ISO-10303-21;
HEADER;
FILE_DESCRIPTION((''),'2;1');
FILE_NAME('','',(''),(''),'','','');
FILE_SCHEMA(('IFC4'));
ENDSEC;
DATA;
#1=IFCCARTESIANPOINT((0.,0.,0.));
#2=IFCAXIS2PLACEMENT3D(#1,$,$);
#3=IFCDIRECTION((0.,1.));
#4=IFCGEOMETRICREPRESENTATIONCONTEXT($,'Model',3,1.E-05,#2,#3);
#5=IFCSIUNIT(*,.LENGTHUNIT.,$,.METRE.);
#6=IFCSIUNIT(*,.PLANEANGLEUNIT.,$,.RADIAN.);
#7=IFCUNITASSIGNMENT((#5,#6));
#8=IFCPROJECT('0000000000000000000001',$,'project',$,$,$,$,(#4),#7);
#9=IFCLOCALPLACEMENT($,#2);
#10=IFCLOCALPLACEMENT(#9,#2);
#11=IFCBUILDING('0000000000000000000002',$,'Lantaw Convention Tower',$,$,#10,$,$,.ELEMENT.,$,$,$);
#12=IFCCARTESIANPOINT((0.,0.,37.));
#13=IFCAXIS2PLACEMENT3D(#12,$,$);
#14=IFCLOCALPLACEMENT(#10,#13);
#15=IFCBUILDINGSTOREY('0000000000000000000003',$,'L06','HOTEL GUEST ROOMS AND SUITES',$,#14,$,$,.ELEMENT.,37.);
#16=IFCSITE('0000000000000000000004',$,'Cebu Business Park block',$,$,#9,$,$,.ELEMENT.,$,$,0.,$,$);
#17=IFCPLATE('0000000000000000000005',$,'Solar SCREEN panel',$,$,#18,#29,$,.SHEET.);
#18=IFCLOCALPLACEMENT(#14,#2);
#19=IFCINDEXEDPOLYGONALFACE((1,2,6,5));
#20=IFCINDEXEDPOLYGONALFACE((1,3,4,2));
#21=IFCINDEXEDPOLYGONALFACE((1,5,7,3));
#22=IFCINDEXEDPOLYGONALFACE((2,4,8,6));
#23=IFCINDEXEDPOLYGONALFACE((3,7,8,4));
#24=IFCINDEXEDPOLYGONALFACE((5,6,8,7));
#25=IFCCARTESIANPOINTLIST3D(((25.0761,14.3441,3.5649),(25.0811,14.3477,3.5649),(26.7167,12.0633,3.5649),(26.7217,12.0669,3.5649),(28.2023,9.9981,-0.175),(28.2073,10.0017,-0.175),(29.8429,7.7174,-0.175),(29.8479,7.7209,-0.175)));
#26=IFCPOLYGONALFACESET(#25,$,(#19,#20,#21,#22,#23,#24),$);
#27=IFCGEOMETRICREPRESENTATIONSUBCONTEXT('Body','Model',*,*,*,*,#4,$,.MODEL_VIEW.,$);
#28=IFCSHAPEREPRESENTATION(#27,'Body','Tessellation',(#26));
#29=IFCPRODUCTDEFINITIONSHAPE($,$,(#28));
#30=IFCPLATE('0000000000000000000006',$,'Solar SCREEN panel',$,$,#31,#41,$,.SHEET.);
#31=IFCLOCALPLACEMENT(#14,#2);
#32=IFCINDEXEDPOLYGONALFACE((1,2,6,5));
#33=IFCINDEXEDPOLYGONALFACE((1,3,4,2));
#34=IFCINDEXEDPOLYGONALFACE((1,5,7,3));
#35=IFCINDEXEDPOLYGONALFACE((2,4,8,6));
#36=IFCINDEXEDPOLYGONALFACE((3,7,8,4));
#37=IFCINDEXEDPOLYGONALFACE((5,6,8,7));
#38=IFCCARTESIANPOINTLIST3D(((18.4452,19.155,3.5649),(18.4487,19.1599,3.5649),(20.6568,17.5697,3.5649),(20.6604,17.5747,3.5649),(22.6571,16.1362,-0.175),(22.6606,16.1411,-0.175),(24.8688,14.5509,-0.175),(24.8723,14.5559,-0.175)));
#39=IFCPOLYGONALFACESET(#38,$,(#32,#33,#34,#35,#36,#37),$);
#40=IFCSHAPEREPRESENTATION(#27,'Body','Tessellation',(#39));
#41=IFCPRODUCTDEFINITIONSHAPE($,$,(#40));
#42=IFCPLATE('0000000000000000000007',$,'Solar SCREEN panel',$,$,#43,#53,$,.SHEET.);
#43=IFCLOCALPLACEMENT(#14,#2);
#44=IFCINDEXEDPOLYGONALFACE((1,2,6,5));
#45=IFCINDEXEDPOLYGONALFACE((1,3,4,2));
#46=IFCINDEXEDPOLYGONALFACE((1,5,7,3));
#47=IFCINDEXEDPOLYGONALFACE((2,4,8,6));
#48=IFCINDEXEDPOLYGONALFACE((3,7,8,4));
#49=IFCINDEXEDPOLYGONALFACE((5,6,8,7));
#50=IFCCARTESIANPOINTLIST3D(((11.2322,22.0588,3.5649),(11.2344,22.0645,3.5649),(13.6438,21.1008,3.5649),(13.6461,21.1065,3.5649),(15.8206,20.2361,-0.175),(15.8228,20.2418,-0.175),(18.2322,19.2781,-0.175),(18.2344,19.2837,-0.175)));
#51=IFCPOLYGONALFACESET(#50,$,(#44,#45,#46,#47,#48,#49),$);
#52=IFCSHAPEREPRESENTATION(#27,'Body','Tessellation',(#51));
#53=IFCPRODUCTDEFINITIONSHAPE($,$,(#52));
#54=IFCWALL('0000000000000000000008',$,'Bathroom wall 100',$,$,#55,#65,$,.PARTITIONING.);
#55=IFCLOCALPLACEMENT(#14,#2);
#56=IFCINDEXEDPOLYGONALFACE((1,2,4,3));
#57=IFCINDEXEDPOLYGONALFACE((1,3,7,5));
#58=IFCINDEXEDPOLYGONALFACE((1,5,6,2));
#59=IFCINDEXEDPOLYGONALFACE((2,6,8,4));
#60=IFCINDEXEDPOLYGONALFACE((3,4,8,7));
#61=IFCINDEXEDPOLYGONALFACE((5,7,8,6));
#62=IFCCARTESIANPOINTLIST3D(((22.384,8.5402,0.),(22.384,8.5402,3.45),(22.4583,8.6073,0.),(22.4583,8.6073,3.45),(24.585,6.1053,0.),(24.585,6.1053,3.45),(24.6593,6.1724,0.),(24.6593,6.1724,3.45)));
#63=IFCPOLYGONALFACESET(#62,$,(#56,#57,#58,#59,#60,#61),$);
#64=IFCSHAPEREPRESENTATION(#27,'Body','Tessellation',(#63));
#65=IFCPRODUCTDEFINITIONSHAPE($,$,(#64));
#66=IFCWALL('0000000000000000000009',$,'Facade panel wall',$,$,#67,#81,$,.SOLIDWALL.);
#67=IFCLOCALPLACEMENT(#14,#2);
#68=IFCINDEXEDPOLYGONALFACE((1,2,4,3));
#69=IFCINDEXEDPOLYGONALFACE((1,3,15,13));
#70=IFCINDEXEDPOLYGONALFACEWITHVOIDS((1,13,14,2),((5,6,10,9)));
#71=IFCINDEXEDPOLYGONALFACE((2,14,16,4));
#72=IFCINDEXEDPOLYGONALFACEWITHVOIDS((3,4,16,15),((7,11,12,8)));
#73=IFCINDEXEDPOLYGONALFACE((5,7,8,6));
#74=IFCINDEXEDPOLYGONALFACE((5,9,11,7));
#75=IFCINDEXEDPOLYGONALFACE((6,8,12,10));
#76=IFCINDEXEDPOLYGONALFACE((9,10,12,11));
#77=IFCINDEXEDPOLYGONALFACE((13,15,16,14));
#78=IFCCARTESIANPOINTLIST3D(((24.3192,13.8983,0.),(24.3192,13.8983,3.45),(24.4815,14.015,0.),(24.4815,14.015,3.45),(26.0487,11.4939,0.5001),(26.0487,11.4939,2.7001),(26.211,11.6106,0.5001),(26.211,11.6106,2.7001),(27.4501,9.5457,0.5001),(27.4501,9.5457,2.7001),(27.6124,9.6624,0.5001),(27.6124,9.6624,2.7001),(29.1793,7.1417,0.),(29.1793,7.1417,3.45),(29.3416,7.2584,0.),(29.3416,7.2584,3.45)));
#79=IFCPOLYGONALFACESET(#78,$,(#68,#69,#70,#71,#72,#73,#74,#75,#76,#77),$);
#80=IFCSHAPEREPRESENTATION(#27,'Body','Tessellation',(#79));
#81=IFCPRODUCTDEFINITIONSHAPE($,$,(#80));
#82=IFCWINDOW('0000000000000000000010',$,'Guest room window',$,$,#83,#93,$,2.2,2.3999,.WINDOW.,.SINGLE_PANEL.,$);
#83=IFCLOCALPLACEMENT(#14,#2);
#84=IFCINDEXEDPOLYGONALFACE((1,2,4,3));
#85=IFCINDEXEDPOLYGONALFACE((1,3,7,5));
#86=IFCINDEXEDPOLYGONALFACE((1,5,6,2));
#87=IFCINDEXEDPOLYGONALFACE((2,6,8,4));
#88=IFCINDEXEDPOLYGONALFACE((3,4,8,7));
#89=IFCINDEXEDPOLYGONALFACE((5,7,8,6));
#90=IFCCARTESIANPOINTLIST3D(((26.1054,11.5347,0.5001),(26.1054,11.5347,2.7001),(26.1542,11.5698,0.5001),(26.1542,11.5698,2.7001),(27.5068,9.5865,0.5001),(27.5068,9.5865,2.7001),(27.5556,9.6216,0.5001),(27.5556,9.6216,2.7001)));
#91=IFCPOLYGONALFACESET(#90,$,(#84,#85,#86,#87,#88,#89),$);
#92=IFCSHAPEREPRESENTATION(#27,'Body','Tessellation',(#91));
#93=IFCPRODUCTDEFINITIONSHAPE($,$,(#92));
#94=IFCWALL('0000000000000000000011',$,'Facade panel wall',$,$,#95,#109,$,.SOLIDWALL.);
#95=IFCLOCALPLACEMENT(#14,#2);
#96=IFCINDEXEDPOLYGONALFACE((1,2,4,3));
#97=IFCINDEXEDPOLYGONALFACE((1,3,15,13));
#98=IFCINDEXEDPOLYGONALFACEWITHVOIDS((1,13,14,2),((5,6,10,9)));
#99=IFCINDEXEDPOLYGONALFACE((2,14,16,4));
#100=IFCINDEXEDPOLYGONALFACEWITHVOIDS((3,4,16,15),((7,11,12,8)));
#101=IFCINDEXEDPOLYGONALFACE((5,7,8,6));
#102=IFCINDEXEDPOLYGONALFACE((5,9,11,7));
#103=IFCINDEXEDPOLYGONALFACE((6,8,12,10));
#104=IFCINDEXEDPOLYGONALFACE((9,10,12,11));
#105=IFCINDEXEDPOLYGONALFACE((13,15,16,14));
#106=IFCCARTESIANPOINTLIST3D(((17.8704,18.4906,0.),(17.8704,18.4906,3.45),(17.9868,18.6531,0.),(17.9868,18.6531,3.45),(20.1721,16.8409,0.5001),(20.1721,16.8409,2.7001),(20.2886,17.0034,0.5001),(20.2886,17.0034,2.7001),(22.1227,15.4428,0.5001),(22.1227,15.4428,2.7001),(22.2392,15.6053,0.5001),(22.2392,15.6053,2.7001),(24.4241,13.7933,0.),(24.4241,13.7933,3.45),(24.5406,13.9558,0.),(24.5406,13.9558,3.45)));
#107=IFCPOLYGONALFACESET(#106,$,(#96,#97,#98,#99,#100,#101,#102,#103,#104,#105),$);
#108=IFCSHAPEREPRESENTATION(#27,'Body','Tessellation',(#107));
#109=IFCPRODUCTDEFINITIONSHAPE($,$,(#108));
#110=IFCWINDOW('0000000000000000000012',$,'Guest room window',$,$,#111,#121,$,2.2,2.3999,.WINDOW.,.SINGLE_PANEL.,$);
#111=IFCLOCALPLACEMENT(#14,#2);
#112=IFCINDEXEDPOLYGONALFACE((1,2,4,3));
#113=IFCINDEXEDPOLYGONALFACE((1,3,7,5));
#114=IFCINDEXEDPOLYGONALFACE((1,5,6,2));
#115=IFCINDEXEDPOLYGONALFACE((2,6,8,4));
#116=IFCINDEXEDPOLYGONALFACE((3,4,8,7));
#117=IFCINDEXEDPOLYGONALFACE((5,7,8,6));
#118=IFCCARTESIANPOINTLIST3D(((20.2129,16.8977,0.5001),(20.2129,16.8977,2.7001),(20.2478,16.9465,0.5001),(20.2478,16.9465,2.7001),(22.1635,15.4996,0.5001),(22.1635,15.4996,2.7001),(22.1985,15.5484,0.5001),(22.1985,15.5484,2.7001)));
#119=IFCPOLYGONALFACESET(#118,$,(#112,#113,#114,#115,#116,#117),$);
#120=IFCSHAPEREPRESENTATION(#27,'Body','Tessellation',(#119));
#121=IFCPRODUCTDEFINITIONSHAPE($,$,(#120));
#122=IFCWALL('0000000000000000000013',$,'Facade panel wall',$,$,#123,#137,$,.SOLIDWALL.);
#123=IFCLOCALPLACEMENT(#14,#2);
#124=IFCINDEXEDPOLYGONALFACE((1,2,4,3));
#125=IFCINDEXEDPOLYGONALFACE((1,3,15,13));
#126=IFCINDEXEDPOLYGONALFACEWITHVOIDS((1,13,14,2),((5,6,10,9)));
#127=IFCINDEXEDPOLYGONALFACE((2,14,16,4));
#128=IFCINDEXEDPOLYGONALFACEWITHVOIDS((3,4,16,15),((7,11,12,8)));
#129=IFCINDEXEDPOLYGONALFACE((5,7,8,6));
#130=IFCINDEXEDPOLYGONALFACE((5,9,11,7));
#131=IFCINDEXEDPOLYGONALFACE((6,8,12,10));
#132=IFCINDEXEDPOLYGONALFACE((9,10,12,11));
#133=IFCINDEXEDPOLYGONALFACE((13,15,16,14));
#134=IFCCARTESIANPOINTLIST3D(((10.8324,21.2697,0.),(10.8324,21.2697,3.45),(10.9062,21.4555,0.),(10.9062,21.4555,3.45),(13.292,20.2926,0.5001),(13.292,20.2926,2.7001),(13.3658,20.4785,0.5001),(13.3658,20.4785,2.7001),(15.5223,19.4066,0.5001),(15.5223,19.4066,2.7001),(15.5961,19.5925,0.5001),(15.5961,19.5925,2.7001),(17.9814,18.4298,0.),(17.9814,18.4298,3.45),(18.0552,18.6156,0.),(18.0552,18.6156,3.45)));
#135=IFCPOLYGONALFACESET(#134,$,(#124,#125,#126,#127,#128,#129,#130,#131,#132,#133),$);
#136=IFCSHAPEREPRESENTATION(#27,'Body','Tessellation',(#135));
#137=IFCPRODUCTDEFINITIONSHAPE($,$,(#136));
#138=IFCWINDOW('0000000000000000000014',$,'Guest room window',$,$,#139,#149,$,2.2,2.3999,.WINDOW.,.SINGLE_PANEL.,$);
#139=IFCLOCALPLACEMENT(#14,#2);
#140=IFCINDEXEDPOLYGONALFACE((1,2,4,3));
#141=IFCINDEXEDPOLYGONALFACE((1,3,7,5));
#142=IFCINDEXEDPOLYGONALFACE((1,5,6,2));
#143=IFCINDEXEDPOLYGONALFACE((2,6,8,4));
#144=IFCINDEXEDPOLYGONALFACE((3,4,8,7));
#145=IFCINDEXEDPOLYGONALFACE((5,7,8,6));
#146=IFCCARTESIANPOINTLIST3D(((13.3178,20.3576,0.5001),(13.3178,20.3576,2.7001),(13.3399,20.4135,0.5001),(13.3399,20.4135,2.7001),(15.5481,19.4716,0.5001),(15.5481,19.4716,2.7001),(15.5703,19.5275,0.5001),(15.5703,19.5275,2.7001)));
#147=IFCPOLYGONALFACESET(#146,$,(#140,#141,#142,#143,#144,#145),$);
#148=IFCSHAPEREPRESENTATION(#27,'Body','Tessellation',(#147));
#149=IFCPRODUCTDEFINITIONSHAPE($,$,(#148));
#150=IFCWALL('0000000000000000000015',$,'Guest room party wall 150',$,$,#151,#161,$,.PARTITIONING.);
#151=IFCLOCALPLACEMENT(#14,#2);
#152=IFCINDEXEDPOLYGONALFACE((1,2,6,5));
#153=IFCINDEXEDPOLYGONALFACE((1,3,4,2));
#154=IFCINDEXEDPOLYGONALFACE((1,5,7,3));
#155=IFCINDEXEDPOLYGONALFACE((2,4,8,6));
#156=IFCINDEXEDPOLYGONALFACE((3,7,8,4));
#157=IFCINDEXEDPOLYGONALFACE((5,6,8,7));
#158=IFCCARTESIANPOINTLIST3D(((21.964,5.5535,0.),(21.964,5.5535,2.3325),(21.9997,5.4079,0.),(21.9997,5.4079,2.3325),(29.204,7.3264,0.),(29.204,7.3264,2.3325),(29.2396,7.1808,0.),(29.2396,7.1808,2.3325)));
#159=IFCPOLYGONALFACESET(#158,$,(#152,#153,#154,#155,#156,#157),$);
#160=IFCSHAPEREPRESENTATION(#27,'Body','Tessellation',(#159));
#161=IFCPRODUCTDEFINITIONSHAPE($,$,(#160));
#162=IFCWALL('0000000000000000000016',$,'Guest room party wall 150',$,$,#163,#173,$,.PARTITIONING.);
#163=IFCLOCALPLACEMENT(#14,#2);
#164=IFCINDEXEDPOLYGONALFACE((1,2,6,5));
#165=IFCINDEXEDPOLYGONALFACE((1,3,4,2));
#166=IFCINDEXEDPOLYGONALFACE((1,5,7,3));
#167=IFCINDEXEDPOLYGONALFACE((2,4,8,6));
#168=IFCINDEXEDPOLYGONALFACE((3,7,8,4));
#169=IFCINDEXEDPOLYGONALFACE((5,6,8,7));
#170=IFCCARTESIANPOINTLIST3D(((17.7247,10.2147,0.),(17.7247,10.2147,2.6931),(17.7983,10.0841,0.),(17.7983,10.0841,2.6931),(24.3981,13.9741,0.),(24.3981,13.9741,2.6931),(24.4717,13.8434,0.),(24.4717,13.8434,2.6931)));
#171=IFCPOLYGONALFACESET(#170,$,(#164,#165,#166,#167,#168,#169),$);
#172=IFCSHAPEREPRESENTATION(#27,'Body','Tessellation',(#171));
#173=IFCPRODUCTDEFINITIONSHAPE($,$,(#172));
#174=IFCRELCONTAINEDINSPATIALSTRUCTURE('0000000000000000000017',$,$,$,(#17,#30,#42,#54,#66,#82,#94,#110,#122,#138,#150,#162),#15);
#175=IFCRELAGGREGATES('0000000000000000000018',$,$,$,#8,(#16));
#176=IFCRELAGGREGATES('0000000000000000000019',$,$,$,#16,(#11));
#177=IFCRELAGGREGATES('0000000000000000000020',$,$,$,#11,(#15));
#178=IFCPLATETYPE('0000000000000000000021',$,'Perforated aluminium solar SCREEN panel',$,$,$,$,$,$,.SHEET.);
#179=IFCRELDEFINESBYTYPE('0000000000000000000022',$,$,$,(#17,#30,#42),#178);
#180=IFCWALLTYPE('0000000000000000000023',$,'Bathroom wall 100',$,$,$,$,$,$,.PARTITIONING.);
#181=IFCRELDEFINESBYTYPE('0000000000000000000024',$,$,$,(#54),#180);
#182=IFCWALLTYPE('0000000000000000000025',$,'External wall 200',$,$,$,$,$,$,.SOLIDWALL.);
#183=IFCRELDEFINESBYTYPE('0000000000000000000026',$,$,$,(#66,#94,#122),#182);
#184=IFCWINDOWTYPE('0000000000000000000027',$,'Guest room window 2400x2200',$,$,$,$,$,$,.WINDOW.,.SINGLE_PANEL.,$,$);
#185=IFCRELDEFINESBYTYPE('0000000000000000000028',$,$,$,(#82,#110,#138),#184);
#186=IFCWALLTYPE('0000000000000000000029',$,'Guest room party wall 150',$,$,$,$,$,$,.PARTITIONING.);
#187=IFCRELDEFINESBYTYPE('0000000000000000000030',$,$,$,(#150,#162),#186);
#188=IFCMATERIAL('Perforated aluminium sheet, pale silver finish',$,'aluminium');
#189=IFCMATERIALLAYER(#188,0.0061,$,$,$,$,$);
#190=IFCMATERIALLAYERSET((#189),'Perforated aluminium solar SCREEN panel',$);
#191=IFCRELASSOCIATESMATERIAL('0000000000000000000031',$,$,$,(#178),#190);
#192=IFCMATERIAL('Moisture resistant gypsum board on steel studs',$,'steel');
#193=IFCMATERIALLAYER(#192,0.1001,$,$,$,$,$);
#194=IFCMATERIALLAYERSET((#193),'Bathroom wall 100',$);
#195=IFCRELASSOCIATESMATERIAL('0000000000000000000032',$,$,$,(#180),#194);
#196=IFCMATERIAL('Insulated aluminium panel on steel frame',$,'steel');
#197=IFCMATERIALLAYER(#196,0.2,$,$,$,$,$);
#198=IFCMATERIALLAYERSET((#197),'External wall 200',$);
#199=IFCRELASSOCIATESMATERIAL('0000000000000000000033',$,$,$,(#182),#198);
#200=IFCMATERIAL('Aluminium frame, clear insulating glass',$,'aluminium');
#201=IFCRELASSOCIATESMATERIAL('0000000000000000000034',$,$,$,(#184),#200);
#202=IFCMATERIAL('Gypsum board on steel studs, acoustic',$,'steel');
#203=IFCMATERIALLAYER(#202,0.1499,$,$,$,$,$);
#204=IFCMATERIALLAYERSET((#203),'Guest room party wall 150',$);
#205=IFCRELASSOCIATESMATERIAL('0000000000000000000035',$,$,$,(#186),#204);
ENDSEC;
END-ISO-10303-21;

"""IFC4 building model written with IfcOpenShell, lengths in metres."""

from ifc_helpers import new_model, si_unit, direction, frame, frame_2d, origin, place, context, subcontext, project, spatial, polyline, rectangle, outline, extrude, material, layer, layer_set, type_object, element, fill, save


model = new_model("IFC4")

# Units and contexts
model_context = context("Model", 3, precision=1e-05, world=origin(), true_north=direction((0.0, 1.0)))
body_context = subcontext(model_context, "Body", "Model", "MODEL_VIEW")
ifc_project = project(units=[si_unit("LENGTHUNIT", "METRE"), si_unit("PLANEANGLEUNIT", "RADIAN")], contexts=[model_context])

# Site, building, storey
site_placement = place(None, origin())
site = spatial("IfcSite", under=ifc_project, at=site_placement, Name="Cebu Business Park block", CompositionType="ELEMENT", RefElevation=0.0)
building_placement = place(site_placement, origin())
building = spatial("IfcBuilding", under=site, at=building_placement, Name="Lantaw Convention Tower", CompositionType="ELEMENT")
storey_placement = place(building_placement, frame((0.0, 0.0, 37.0)))
storey = spatial("IfcBuildingStorey", under=building, at=storey_placement, Name="L06", Description="HOTEL GUEST ROOMS AND SUITES", CompositionType="ELEMENT", Elevation=37.0)

# Plates
ifc_material_1 = material(Name="Perforated aluminium sheet, pale silver finish", Category="aluminium")
ifc_layer_1 = layer(ifc_material_1, 0.0061)
ifc_layer_set_1 = layer_set([ifc_layer_1], Name="Perforated aluminium solar SCREEN panel")
plate_type = type_object("IfcPlateType", Name="Perforated aluminium solar SCREEN panel", PredefinedType="SHEET", material=ifc_layer_set_1)
plate_1_placement = place(storey_placement, frame((29.8479, 7.7209, -0.175), z_axis=(0.811791, 0.583948, 0.000009), x_axis=(-0.583948, 0.811791, 0.0)))
element("IfcPlate", 1, at=plate_1_placement, inside=storey, type_object=plate_type, Name="Solar SCREEN panel", PredefinedType="SHEET", context=body_context, shape_type="SweptSolid", body=[
    extrude(outline(polyline([(0.0, 0.0), (2.8095, 0.0), (8.1631, 3.74), (5.3536, 3.74), (0.0, 0.0)])), origin(), (0.0, 0.0, -1.0), 0.0061),
])
plate_2_placement = place(storey_placement, frame((24.8723, 14.5559, -0.175), z_axis=(0.582561, 0.812787, 0.000016), x_axis=(-0.812787, 0.582561, 0.0)))
element("IfcPlate", 2, at=plate_2_placement, inside=storey, type_object=plate_type, Name="Solar SCREEN panel", PredefinedType="SHEET", context=body_context, shape_type="SweptSolid", body=[
    extrude(outline(polyline([(0.0, 0.0), (2.7211, 0.0), (7.9031, 3.74), (5.182, 3.74), (0.0, 0.0)])), origin(), (0.0, 0.0, -1.0), 0.0061),
])
plate_3_placement = place(storey_placement, frame((18.2322, 19.2781, -0.175), z_axis=(-0.369184, -0.929357, 0.000009), x_axis=(-0.929357, 0.369184, 0.0)))
element("IfcPlate", 3, at=plate_3_placement, inside=storey, type_object=plate_type, Name="Solar SCREEN panel", PredefinedType="SHEET", context=body_context, shape_type="SweptSolid", body=[
    extrude(outline(polyline([(0.0, 0.0), (2.5949, 0.0), (7.5321, -3.74), (4.9372, -3.74), (0.0, 0.0)])), origin(), (0.0, 0.0, -1.0), 0.0061),
])

# Wall
ifc_material_2 = material(Name="Moisture resistant gypsum board on steel studs", Category="steel")
ifc_layer_2 = layer(ifc_material_2, 0.1001)
ifc_layer_set_2 = layer_set([ifc_layer_2], Name="Bathroom wall 100")
wall_type_1 = type_object("IfcWallType", Name="Bathroom wall 100", PredefinedType="PARTITIONING", material=ifc_layer_set_2)
wall_1_placement = place(storey_placement, frame((22.4211, 8.5737, 0.0), z_axis=(0.0, 0.0, 1.0), x_axis=(0.670578, -0.741839, 0.0)))
element("IfcWall", 4, at=wall_1_placement, inside=storey, type_object=wall_type_1, Name="Bathroom wall 100", PredefinedType="PARTITIONING", context=body_context, shape_type="SweptSolid", body=[
    extrude(rectangle(XDim=3.2822, YDim=0.1001, at=frame_2d((1.6411, 0.0))), origin(), (0.0, 0.0, 1.0), 3.45),
])

# Walls, openings, windows
ifc_material_3 = material(Name="Insulated aluminium panel on steel frame", Category="steel")
ifc_layer_3 = layer(ifc_material_3, 0.2)
ifc_layer_set_3 = layer_set([ifc_layer_3], Name="External wall 200")
wall_type_2 = type_object("IfcWallType", Name="External wall 200", PredefinedType="SOLIDWALL", material=ifc_layer_set_3)
wall_2_placement = place(storey_placement, frame((29.2605, 7.2, 0.0), z_axis=(0.0, 0.0, 1.0), x_axis=(-0.583938, 0.811799, 0.0)))
wall_2 = element("IfcWall", 5, at=wall_2_placement, inside=storey, type_object=wall_type_2, Name="Facade panel wall", PredefinedType="SOLIDWALL", context=body_context, shape_type="SweptSolid", body=[
    extrude(rectangle(XDim=8.323, YDim=0.2, at=frame_2d((4.1616, 0.0))), origin(), (0.0, 0.0, 1.0), 3.45),
])
opening_1_placement = place(wall_2_placement, frame((2.9614, 0.0, 0.5)))
opening_1 = element("IfcOpeningElement", 6, at=opening_1_placement, cuts=wall_2, PredefinedType="OPENING", context=body_context, shape_type="SweptSolid", body=[
    extrude(rectangle(XDim=2.3999, YDim=2.2, at=frame_2d((1.2, 1.1001))), frame((0.0, 0.1099, 0.0), z_axis=(0.0, -1.0, 0.0), x_axis=(1.0, 0.0, 0.0)), (0.0, 0.0, 1.0), 0.22),
])
ifc_material_4 = material(Name="Aluminium frame, clear insulating glass", Category="aluminium")
window_type = type_object("IfcWindowType", Name="Guest room window 2400x2200", PartitioningType="SINGLE_PANEL", PredefinedType="WINDOW", material=ifc_material_4)
window_1_placement = place(opening_1_placement, origin())
window_1 = element("IfcWindow", 7, at=window_1_placement, inside=storey, type_object=window_type, Name="Guest room window", OverallHeight=2.2, OverallWidth=2.3999, PartitioningType="SINGLE_PANEL", PredefinedType="WINDOW", context=body_context, shape_type="SweptSolid", body=[
    extrude(rectangle(XDim=2.3999, YDim=2.2, at=frame_2d((1.2, 1.1001))), frame((0.0, 0.03, 0.0), z_axis=(0.0, -1.0, 0.0), x_axis=(1.0, 0.0, 0.0)), (0.0, 0.0, 1.0), 0.0601),
])
fill(opening_1, window_1)
wall_3_placement = place(storey_placement, frame((24.4824, 13.8745, 0.0), z_axis=(0.0, 0.0, 1.0), x_axis=(-0.812791, 0.582555, 0.0)))
wall_3 = element("IfcWall", 8, at=wall_3_placement, inside=storey, type_object=wall_type_2, Name="Facade panel wall", PredefinedType="SOLIDWALL", context=body_context, shape_type="SweptSolid", body=[
    extrude(rectangle(XDim=8.0632, YDim=0.2, at=frame_2d((4.0317, 0.0))), origin(), (0.0, 0.0, 1.0), 3.45),
])
opening_2_placement = place(wall_3_placement, frame((2.8315, 0.0, 0.5)))
opening_2 = element("IfcOpeningElement", 9, at=opening_2_placement, cuts=wall_3, PredefinedType="OPENING", context=body_context, shape_type="SweptSolid", body=[
    extrude(rectangle(XDim=2.3999, YDim=2.2, at=frame_2d((1.2, 1.1001))), frame((0.0, 0.1099, 0.0), z_axis=(0.0, -1.0, 0.0), x_axis=(1.0, 0.0, 0.0)), (0.0, 0.0, 1.0), 0.22),
])
window_2_placement = place(opening_2_placement, origin())
window_2 = element("IfcWindow", 10, at=window_2_placement, inside=storey, type_object=window_type, Name="Guest room window", OverallHeight=2.2, OverallWidth=2.3999, PartitioningType="SINGLE_PANEL", PredefinedType="WINDOW", context=body_context, shape_type="SweptSolid", body=[
    extrude(rectangle(XDim=2.3999, YDim=2.2, at=frame_2d((1.2, 1.1001))), frame((0.0, 0.03, 0.0), z_axis=(0.0, -1.0, 0.0), x_axis=(1.0, 0.0, 0.0)), (0.0, 0.0, 1.0), 0.0601),
])
fill(opening_2, window_2)
wall_4_placement = place(storey_placement, frame((18.0183, 18.5227, 0.0), z_axis=(0.0, 0.0, 1.0), x_axis=(-0.929358, 0.369179, 0.0)))
wall_4 = element("IfcWall", 11, at=wall_4_placement, inside=storey, type_object=wall_type_2, Name="Facade panel wall", PredefinedType="SOLIDWALL", context=body_context, shape_type="SweptSolid", body=[
    extrude(rectangle(XDim=7.6924, YDim=0.2, at=frame_2d((3.8462, 0.0))), origin(), (0.0, 0.0, 1.0), 3.45),
])
opening_3_placement = place(wall_4_placement, frame((2.646, 0.0, 0.5)))
opening_3 = element("IfcOpeningElement", 12, at=opening_3_placement, cuts=wall_4, PredefinedType="OPENING", context=body_context, shape_type="SweptSolid", body=[
    extrude(rectangle(XDim=2.3999, YDim=2.2, at=frame_2d((1.2, 1.1001))), frame((0.0, 0.1099, 0.0), z_axis=(0.0, -1.0, 0.0), x_axis=(1.0, 0.0, 0.0)), (0.0, 0.0, 1.0), 0.22),
])
window_3_placement = place(opening_3_placement, origin())
window_3 = element("IfcWindow", 13, at=window_3_placement, inside=storey, type_object=window_type, Name="Guest room window", OverallHeight=2.2, OverallWidth=2.3999, PartitioningType="SINGLE_PANEL", PredefinedType="WINDOW", context=body_context, shape_type="SweptSolid", body=[
    extrude(rectangle(XDim=2.3999, YDim=2.2, at=frame_2d((1.2, 1.1001))), frame((0.0, 0.03, 0.0), z_axis=(0.0, -1.0, 0.0), x_axis=(1.0, 0.0, 0.0)), (0.0, 0.0, 1.0), 0.0601),
])
fill(opening_3, window_3)

# Walls
ifc_material_5 = material(Name="Gypsum board on steel studs, acoustic", Category="steel")
ifc_layer_4 = layer(ifc_material_5, 0.1499)
ifc_layer_set_4 = layer_set([ifc_layer_4], Name="Guest room party wall 150")
wall_type_3 = type_object("IfcWallType", Name="Guest room party wall 150", PredefinedType="PARTITIONING", material=ifc_layer_set_4)
wall_5_placement = place(storey_placement, frame((29.2219, 7.2537, 0.0), z_axis=(0.0, 0.0, 1.0), x_axis=(-0.971301, -0.237855, 0.0)))
element("IfcWall", 14, at=wall_5_placement, inside=storey, type_object=wall_type_3, Name="Guest room party wall 150", PredefinedType="PARTITIONING", context=body_context, shape_type="SweptSolid", body=[
    extrude(rectangle(XDim=7.4539, YDim=0.1499, at=frame_2d((3.7271, 0.0))), origin(), (0.0, 0.0, 1.0), 2.3325),
])
wall_6_placement = place(storey_placement, frame((24.4348, 13.9087, 0.0), z_axis=(0.0, 0.0, 1.0), x_axis=(-0.871267, -0.490809, 0.0)))
element("IfcWall", 15, at=wall_6_placement, inside=storey, type_object=wall_type_3, Name="Guest room party wall 150", PredefinedType="PARTITIONING", context=body_context, shape_type="SweptSolid", body=[
    extrude(rectangle(XDim=7.6594, YDim=0.1499, at=frame_2d((3.8296, 0.0))), origin(), (0.0, 0.0, 1.0), 2.6931),
])

save(model, "model.ifc")
